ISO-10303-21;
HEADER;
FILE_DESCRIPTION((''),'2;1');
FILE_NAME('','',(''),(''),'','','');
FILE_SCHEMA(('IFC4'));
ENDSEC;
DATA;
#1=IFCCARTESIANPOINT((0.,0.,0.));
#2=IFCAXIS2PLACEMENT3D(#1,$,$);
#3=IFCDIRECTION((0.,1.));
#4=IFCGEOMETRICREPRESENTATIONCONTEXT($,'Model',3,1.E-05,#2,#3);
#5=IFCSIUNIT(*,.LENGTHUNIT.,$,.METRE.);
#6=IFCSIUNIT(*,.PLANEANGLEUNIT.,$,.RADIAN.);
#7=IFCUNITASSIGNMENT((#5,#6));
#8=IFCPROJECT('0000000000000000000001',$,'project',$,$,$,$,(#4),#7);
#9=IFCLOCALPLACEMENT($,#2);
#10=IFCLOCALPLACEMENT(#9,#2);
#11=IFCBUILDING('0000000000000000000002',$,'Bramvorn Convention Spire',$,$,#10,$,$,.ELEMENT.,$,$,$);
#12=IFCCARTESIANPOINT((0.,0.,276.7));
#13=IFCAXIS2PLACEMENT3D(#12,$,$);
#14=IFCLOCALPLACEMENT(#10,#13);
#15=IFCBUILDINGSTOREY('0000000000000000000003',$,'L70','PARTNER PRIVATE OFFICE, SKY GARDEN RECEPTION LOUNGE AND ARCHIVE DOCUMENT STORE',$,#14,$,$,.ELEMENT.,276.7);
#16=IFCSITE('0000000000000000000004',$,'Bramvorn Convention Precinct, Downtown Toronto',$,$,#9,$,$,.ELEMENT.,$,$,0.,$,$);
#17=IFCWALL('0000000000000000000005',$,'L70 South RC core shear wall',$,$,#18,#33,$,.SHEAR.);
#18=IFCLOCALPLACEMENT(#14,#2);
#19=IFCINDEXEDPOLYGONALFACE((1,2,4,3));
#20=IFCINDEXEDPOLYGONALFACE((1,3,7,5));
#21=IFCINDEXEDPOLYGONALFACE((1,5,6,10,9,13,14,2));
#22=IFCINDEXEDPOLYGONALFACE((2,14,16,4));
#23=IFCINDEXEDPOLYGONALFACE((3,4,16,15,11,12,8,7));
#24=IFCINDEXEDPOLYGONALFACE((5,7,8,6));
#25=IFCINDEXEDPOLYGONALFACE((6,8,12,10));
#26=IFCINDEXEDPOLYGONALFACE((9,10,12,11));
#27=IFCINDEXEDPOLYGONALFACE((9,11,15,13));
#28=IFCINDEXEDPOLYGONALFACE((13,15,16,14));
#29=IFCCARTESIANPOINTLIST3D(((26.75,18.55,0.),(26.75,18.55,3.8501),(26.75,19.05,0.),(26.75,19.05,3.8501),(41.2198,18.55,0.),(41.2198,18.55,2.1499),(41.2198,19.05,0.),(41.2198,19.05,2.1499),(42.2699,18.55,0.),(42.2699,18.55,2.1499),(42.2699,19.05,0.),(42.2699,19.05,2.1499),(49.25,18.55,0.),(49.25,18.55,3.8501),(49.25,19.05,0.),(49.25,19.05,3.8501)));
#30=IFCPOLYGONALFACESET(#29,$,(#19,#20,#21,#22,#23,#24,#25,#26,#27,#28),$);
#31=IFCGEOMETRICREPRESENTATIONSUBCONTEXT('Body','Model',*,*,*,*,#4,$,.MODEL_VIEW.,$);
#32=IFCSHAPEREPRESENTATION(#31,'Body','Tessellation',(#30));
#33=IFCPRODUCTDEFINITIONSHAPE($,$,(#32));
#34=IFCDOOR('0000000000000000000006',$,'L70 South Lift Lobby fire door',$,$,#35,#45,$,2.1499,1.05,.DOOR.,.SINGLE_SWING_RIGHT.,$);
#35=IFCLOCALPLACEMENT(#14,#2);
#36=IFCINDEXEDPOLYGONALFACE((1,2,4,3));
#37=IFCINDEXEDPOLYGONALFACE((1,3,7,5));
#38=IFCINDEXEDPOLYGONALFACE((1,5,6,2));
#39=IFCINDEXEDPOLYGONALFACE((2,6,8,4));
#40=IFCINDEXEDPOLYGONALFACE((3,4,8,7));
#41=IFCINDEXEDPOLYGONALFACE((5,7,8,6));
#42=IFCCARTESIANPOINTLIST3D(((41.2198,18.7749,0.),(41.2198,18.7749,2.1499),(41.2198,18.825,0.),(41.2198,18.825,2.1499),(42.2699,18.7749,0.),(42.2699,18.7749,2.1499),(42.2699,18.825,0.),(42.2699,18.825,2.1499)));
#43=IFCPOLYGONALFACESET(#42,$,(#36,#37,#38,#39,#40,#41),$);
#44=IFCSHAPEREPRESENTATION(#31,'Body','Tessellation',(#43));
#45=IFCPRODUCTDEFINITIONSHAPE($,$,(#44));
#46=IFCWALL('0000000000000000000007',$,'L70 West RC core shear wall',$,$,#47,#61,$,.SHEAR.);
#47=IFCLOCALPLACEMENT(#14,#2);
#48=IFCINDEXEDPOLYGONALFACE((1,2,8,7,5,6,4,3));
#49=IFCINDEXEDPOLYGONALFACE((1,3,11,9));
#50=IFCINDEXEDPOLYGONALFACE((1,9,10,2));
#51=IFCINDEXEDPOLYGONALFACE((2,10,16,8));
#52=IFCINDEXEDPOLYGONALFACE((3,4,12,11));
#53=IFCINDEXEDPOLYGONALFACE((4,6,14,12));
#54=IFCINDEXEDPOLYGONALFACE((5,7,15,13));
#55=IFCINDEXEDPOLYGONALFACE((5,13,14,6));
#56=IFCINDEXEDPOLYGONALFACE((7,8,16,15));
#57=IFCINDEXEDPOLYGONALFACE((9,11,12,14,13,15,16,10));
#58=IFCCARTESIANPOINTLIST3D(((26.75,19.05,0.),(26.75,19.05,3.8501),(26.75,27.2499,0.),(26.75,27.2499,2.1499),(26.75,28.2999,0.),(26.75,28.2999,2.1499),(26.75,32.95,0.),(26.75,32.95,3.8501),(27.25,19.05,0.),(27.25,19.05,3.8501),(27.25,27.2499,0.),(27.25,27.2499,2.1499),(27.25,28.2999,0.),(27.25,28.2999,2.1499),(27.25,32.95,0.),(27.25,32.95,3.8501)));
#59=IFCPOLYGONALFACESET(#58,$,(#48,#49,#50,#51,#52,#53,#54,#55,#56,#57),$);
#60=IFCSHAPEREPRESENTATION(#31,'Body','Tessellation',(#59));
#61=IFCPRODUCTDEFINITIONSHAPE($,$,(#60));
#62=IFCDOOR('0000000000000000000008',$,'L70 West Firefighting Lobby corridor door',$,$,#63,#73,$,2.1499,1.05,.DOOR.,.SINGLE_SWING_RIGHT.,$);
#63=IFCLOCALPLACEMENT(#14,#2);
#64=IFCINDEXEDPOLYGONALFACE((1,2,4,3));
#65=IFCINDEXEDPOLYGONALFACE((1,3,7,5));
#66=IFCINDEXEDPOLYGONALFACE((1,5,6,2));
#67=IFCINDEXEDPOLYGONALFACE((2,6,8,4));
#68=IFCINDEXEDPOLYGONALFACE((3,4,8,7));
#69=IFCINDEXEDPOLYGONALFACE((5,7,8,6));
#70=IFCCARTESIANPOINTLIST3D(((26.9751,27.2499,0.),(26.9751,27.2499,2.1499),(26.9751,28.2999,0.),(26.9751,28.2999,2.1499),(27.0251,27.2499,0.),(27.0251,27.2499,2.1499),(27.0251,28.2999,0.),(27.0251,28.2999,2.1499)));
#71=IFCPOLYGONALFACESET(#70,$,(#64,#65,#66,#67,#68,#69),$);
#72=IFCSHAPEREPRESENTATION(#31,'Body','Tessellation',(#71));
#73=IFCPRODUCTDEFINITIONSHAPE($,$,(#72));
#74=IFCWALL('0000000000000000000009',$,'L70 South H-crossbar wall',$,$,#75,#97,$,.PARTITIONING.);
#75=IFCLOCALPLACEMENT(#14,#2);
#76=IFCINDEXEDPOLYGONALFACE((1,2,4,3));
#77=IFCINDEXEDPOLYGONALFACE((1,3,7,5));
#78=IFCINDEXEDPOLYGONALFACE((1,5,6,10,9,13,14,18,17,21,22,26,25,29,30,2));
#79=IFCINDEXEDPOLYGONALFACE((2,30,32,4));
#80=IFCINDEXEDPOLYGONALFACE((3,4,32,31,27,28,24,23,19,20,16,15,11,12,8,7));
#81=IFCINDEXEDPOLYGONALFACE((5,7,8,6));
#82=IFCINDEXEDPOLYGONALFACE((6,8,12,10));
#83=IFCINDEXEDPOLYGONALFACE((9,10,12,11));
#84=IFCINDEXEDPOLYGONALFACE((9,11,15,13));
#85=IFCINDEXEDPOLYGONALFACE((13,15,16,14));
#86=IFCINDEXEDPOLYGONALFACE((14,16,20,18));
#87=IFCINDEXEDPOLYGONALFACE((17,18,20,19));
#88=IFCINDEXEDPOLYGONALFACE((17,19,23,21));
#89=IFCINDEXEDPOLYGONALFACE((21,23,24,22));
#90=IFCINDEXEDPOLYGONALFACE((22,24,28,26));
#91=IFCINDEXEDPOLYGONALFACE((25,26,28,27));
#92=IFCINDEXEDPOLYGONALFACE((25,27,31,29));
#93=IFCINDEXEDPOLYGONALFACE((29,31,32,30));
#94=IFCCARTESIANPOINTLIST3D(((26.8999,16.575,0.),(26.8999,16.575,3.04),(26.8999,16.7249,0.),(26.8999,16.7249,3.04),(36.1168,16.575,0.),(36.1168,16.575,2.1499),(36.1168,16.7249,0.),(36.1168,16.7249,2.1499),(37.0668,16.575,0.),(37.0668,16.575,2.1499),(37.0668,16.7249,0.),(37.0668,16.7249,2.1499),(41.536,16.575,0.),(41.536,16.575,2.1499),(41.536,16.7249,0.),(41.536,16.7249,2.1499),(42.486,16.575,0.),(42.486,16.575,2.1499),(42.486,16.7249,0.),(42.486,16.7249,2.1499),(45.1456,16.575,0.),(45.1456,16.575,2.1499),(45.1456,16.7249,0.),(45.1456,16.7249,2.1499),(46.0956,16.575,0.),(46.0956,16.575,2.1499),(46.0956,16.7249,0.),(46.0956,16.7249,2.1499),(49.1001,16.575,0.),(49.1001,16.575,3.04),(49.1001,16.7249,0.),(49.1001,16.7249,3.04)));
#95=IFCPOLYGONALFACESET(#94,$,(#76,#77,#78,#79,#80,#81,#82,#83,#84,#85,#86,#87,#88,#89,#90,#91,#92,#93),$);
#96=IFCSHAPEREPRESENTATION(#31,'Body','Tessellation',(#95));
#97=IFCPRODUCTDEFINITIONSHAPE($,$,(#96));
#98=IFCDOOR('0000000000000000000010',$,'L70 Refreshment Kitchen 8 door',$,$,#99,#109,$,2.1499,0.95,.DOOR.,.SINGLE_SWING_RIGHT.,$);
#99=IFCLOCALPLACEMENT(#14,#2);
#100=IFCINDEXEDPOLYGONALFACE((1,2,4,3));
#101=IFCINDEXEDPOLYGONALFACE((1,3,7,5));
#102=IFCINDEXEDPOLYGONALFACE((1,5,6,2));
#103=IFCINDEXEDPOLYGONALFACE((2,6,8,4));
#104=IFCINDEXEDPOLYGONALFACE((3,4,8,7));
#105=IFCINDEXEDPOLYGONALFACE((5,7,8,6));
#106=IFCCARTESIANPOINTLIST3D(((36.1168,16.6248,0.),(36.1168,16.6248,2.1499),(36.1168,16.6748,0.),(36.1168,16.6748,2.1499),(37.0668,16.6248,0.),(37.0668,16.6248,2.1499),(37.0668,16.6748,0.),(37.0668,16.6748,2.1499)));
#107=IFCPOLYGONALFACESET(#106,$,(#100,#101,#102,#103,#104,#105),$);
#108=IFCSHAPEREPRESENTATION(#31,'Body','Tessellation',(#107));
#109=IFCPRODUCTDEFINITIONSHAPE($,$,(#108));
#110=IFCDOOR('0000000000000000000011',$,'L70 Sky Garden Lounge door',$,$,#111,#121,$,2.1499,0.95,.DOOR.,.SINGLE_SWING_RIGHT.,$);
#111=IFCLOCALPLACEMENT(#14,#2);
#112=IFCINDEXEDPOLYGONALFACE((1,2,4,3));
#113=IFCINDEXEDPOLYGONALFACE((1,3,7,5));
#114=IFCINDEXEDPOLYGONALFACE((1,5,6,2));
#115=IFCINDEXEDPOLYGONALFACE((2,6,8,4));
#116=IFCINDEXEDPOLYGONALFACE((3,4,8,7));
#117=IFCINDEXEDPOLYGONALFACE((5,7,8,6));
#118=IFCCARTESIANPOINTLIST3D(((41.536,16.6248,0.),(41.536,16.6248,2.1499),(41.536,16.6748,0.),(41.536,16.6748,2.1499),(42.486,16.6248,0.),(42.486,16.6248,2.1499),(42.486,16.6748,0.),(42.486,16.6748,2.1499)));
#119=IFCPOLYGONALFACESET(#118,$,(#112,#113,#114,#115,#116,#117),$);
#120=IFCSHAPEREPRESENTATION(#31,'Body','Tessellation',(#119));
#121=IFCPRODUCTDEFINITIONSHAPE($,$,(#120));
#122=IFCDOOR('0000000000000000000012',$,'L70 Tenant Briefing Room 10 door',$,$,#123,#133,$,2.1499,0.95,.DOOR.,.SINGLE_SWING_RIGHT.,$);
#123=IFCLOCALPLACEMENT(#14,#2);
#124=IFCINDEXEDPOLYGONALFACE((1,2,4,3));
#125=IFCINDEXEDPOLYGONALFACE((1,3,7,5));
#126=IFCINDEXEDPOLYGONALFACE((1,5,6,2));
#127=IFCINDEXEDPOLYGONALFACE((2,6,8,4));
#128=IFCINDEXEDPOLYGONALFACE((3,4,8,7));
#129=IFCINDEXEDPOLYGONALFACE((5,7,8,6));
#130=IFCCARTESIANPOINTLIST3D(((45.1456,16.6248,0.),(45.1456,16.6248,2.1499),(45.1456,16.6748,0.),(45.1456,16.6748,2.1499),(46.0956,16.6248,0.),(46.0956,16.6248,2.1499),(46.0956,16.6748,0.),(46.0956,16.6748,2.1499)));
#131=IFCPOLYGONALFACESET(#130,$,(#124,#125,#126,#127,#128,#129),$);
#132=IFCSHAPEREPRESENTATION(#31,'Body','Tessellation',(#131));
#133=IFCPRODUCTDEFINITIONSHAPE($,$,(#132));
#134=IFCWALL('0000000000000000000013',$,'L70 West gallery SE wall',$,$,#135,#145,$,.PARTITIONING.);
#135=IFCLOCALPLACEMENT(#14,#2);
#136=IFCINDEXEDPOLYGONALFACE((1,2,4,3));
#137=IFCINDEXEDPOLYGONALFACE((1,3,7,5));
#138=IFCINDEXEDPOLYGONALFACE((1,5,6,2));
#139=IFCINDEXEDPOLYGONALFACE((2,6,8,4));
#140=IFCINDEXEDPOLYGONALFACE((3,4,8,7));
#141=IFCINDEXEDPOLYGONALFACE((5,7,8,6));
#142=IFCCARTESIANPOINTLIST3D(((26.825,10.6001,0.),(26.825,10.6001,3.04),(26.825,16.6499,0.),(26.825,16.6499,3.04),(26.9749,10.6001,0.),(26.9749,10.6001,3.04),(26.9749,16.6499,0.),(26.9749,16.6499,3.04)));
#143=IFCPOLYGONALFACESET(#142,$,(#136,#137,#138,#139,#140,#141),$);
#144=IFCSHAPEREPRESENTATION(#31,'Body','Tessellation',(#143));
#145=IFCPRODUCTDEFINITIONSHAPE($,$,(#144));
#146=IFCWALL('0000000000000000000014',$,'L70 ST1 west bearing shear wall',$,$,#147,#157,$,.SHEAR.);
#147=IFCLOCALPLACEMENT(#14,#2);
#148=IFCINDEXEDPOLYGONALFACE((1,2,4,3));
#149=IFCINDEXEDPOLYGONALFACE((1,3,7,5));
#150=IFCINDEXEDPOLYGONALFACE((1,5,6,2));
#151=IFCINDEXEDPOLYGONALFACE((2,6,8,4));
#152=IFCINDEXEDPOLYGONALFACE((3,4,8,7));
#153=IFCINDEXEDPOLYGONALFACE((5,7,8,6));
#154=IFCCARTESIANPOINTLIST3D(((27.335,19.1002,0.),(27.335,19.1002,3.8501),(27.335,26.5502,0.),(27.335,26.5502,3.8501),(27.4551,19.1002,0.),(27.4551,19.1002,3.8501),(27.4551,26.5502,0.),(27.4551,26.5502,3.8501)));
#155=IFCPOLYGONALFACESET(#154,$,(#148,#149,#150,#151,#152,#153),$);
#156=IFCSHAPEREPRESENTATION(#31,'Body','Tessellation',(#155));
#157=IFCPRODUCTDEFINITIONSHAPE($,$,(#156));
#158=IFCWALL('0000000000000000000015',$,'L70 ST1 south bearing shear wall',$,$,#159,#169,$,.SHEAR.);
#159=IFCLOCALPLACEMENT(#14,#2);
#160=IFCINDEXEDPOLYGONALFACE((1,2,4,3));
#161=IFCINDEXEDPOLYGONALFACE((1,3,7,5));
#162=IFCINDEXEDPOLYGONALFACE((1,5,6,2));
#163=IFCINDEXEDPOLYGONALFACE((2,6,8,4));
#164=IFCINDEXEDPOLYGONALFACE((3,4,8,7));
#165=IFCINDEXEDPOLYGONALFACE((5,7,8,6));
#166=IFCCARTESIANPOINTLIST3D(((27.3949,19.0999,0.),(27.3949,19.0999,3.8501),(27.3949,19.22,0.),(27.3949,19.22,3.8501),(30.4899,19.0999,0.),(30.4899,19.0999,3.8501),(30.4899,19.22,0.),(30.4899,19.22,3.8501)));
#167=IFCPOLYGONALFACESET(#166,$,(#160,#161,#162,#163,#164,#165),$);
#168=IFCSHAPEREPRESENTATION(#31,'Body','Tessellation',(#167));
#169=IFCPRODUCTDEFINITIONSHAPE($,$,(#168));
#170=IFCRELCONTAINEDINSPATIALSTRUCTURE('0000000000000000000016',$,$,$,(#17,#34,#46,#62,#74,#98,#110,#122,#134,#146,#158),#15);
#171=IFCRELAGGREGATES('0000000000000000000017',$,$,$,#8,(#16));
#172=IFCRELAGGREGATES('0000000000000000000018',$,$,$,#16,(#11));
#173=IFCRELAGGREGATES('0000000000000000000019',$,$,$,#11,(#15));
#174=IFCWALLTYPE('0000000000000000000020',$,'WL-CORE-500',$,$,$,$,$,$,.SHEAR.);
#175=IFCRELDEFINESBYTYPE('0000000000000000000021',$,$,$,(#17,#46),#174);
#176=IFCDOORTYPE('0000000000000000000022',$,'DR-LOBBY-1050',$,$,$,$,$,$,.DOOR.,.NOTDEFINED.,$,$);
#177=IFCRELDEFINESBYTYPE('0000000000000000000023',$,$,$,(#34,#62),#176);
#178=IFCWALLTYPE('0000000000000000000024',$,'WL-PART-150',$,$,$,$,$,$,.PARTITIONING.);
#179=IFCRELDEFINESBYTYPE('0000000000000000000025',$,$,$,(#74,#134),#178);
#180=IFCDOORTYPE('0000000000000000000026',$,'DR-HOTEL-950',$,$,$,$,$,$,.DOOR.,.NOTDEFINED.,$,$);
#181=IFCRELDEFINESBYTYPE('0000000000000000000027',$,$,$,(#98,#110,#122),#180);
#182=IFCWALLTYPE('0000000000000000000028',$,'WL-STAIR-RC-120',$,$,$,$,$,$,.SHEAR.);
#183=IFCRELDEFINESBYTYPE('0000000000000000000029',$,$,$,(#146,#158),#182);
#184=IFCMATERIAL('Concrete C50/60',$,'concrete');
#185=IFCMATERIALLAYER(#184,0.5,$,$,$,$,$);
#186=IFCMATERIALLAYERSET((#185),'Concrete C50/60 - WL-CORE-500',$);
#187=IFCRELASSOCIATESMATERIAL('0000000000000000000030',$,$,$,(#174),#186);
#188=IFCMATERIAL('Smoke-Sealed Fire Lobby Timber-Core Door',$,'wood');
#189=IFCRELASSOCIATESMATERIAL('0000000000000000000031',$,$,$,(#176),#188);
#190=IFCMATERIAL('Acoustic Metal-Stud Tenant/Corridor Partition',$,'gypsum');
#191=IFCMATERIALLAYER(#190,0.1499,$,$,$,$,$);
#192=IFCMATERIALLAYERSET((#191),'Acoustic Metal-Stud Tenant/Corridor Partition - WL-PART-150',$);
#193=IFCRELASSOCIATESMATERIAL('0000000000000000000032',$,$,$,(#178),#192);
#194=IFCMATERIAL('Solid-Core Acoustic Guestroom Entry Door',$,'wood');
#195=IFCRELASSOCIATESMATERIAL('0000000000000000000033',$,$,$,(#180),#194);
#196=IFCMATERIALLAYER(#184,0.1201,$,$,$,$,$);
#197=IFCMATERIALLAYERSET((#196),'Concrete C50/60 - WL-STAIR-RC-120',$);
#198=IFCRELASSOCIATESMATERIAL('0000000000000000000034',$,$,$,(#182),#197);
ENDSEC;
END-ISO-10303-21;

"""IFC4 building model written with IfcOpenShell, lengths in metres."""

from ifc_helpers import new_model, si_unit, direction, frame, frame_2d, origin, place, context, subcontext, project, spatial, rectangle, extrude, material, layer, layer_set, type_object, element, fill, save


model = new_model("IFC4")

# Units and contexts
model_context = context("Model", 3, precision=1e-05, world=origin(), true_north=direction((0.0, 1.0)))
body_context = subcontext(model_context, "Body", "Model", "MODEL_VIEW")
ifc_project = project(units=[si_unit("LENGTHUNIT", "METRE"), si_unit("PLANEANGLEUNIT", "RADIAN")], contexts=[model_context])

# Site, building, storey
site_placement = place(None, origin())
site = spatial("IfcSite", under=ifc_project, at=site_placement, Name="Bramvorn Convention Precinct, Downtown Toronto", CompositionType="ELEMENT", RefElevation=0.0)
building_placement = place(site_placement, origin())
building = spatial("IfcBuilding", under=site, at=building_placement, Name="Bramvorn Convention Spire", CompositionType="ELEMENT")
storey_placement = place(building_placement, frame((0.0, 0.0, 276.7)))
storey = spatial("IfcBuildingStorey", under=building, at=storey_placement, Name="L70", Description="PARTNER PRIVATE OFFICE, SKY GARDEN RECEPTION LOUNGE AND ARCHIVE DOCUMENT STORE", CompositionType="ELEMENT", Elevation=276.7)

# Walls, openings, doors
ifc_material_1 = material(Name="Concrete C50/60", Category="concrete")
ifc_layer_1 = layer(ifc_material_1, 0.5)
ifc_layer_set_1 = layer_set([ifc_layer_1], Name="Concrete C50/60 - WL-CORE-500")
wall_type_1 = type_object("IfcWallType", Name="WL-CORE-500", PredefinedType="SHEAR", material=ifc_layer_set_1)
wall_1_placement = place(storey_placement, frame((26.75, 18.8, 0.0), z_axis=(0.0, 0.0, 1.0), x_axis=(1.0, 0.0, 0.0)))
wall_1 = element("IfcWall", 1, at=wall_1_placement, inside=storey, type_object=wall_type_1, Name="L70 South RC core shear wall", PredefinedType="SHEAR", context=body_context, shape_type="SweptSolid", body=[
    extrude(rectangle(XDim=22.5, YDim=0.5, at=frame_2d((11.25, 0.0))), origin(), (0.0, 0.0, 1.0), 3.8501),
])
opening_1_placement = place(wall_1_placement, frame((14.47, 0.0, 0.0)))
opening_1 = element("IfcOpeningElement", 2, at=opening_1_placement, cuts=wall_1, PredefinedType="OPENING", context=body_context, shape_type="SweptSolid", body=[
    extrude(rectangle(XDim=1.05, YDim=2.1499, at=frame_2d((0.5249, 1.075))), frame((0.0, 0.26, 0.0), z_axis=(0.0, -1.0, 0.0), x_axis=(1.0, 0.0, 0.0)), (0.0, 0.0, 1.0), 0.52),
])
ifc_material_2 = material(Name="Smoke-Sealed Fire Lobby Timber-Core Door", Category="wood")
door_type_1 = type_object("IfcDoorType", Name="DR-LOBBY-1050", OperationType="NOTDEFINED", PredefinedType="DOOR", material=ifc_material_2)
door_1_placement = place(opening_1_placement, origin())
door_1 = element("IfcDoor", 3, at=door_1_placement, inside=storey, type_object=door_type_1, Name="L70 South Lift Lobby fire door", OperationType="SINGLE_SWING_RIGHT", OverallHeight=2.1499, OverallWidth=1.05, PredefinedType="DOOR", context=body_context, shape_type="SweptSolid", body=[
    extrude(rectangle(XDim=1.05, YDim=2.1499, at=frame_2d((0.5249, 1.075))), frame((0.0, 0.0249, 0.0), z_axis=(0.0, -1.0, 0.0), x_axis=(1.0, 0.0, 0.0)), (0.0, 0.0, 1.0), 0.05),
])
fill(opening_1, door_1)
wall_2_placement = place(storey_placement, frame((27.0, 19.05, 0.0), z_axis=(0.0, 0.0, 1.0), x_axis=(0.0, 1.0, 0.0)))
wall_2 = element("IfcWall", 4, at=wall_2_placement, inside=storey, type_object=wall_type_1, Name="L70 West RC core shear wall", PredefinedType="SHEAR", context=body_context, shape_type="SweptSolid", body=[
    extrude(rectangle(XDim=13.8999, YDim=0.5, at=frame_2d((6.95, 0.0))), origin(), (0.0, 0.0, 1.0), 3.8501),
])
opening_2_placement = place(wall_2_placement, frame((8.2, 0.0, 0.0)))
opening_2 = element("IfcOpeningElement", 5, at=opening_2_placement, cuts=wall_2, PredefinedType="OPENING", context=body_context, shape_type="SweptSolid", body=[
    extrude(rectangle(XDim=1.05, YDim=2.1499, at=frame_2d((0.5249, 1.075))), frame((0.0, 0.26, 0.0), z_axis=(0.0, -1.0, 0.0), x_axis=(1.0, 0.0, 0.0)), (0.0, 0.0, 1.0), 0.52),
])
door_2_placement = place(opening_2_placement, origin())
door_2 = element("IfcDoor", 6, at=door_2_placement, inside=storey, type_object=door_type_1, Name="L70 West Firefighting Lobby corridor door", OperationType="SINGLE_SWING_RIGHT", OverallHeight=2.1499, OverallWidth=1.05, PredefinedType="DOOR", context=body_context, shape_type="SweptSolid", body=[
    extrude(rectangle(XDim=1.05, YDim=2.1499, at=frame_2d((0.5249, 1.075))), frame((0.0, 0.0249, 0.0), z_axis=(0.0, -1.0, 0.0), x_axis=(1.0, 0.0, 0.0)), (0.0, 0.0, 1.0), 0.05),
])
fill(opening_2, door_2)

# Wall, openings, doors
ifc_material_3 = material(Name="Acoustic Metal-Stud Tenant/Corridor Partition", Category="gypsum")
ifc_layer_2 = layer(ifc_material_3, 0.1499)
ifc_layer_set_2 = layer_set([ifc_layer_2], Name="Acoustic Metal-Stud Tenant/Corridor Partition - WL-PART-150")
wall_type_2 = type_object("IfcWallType", Name="WL-PART-150", PredefinedType="PARTITIONING", material=ifc_layer_set_2)
wall_3_placement = place(storey_placement, frame((26.8999, 16.6499, 0.0), z_axis=(0.0, 0.0, 1.0), x_axis=(1.0, 0.0, 0.0)))
wall_3 = element("IfcWall", 7, at=wall_3_placement, inside=storey, type_object=wall_type_2, Name="L70 South H-crossbar wall", PredefinedType="PARTITIONING", context=body_context, shape_type="SweptSolid", body=[
    extrude(rectangle(XDim=22.2002, YDim=0.1499, at=frame_2d((11.1001, 0.0))), origin(), (0.0, 0.0, 1.0), 3.04),
])
opening_3_placement = place(wall_3_placement, frame((9.2168, 0.0, 0.0)))
opening_3 = element("IfcOpeningElement", 8, at=opening_3_placement, cuts=wall_3, PredefinedType="OPENING", context=body_context, shape_type="SweptSolid", body=[
    extrude(rectangle(XDim=0.95, YDim=2.1499, at=frame_2d((0.4751, 1.075))), frame((0.0, 0.085, 0.0), z_axis=(0.0, -1.0, 0.0), x_axis=(1.0, 0.0, 0.0)), (0.0, 0.0, 1.0), 0.1699),
])
opening_4_placement = place(wall_3_placement, frame((14.636, 0.0, 0.0)))
opening_4 = element("IfcOpeningElement", 9, at=opening_4_placement, cuts=wall_3, PredefinedType="OPENING", context=body_context, shape_type="SweptSolid", body=[
    extrude(rectangle(XDim=0.95, YDim=2.1499, at=frame_2d((0.4751, 1.075))), frame((0.0, 0.085, 0.0), z_axis=(0.0, -1.0, 0.0), x_axis=(1.0, 0.0, 0.0)), (0.0, 0.0, 1.0), 0.1699),
])
opening_5_placement = place(wall_3_placement, frame((18.2456, 0.0, 0.0)))
opening_5 = element("IfcOpeningElement", 10, at=opening_5_placement, cuts=wall_3, PredefinedType="OPENING", context=body_context, shape_type="SweptSolid", body=[
    extrude(rectangle(XDim=0.95, YDim=2.1499, at=frame_2d((0.4751, 1.075))), frame((0.0, 0.085, 0.0), z_axis=(0.0, -1.0, 0.0), x_axis=(1.0, 0.0, 0.0)), (0.0, 0.0, 1.0), 0.1699),
])
ifc_material_4 = material(Name="Solid-Core Acoustic Guestroom Entry Door", Category="wood")
door_type_2 = type_object("IfcDoorType", Name="DR-HOTEL-950", OperationType="NOTDEFINED", PredefinedType="DOOR", material=ifc_material_4)
door_3_placement = place(opening_3_placement, origin())
door_3 = element("IfcDoor", 11, at=door_3_placement, inside=storey, type_object=door_type_2, Name="L70 Refreshment Kitchen 8 door", OperationType="SINGLE_SWING_RIGHT", OverallHeight=2.1499, OverallWidth=0.95, PredefinedType="DOOR", context=body_context, shape_type="SweptSolid", body=[
    extrude(rectangle(XDim=0.95, YDim=2.1499, at=frame_2d((0.4751, 1.075))), frame((0.0, 0.0249, 0.0), z_axis=(0.0, -1.0, 0.0), x_axis=(1.0, 0.0, 0.0)), (0.0, 0.0, 1.0), 0.05),
])
fill(opening_3, door_3)
door_4_placement = place(opening_4_placement, origin())
door_4 = element("IfcDoor", 12, at=door_4_placement, inside=storey, type_object=door_type_2, Name="L70 Sky Garden Lounge door", OperationType="SINGLE_SWING_RIGHT", OverallHeight=2.1499, OverallWidth=0.95, PredefinedType="DOOR", context=body_context, shape_type="SweptSolid", body=[
    extrude(rectangle(XDim=0.95, YDim=2.1499, at=frame_2d((0.4751, 1.075))), frame((0.0, 0.0249, 0.0), z_axis=(0.0, -1.0, 0.0), x_axis=(1.0, 0.0, 0.0)), (0.0, 0.0, 1.0), 0.05),
])
fill(opening_4, door_4)
door_5_placement = place(opening_5_placement, origin())
door_5 = element("IfcDoor", 13, at=door_5_placement, inside=storey, type_object=door_type_2, Name="L70 Tenant Briefing Room 10 door", OperationType="SINGLE_SWING_RIGHT", OverallHeight=2.1499, OverallWidth=0.95, PredefinedType="DOOR", context=body_context, shape_type="SweptSolid", body=[
    extrude(rectangle(XDim=0.95, YDim=2.1499, at=frame_2d((0.4751, 1.075))), frame((0.0, 0.0249, 0.0), z_axis=(0.0, -1.0, 0.0), x_axis=(1.0, 0.0, 0.0)), (0.0, 0.0, 1.0), 0.05),
])
fill(opening_5, door_5)

# Walls
wall_4_placement = place(storey_placement, frame((26.8999, 10.6001, 0.0), z_axis=(0.0, 0.0, 1.0), x_axis=(0.0, 1.0, 0.0)))
element("IfcWall", 14, at=wall_4_placement, inside=storey, type_object=wall_type_2, Name="L70 West gallery SE wall", PredefinedType="PARTITIONING", context=body_context, shape_type="SweptSolid", body=[
    extrude(rectangle(XDim=6.0498, YDim=0.1499, at=frame_2d((3.0249, 0.0))), origin(), (0.0, 0.0, 1.0), 3.04),
])
ifc_layer_3 = layer(ifc_material_1, 0.1201)
ifc_layer_set_3 = layer_set([ifc_layer_3], Name="Concrete C50/60 - WL-STAIR-RC-120")
wall_type_3 = type_object("IfcWallType", Name="WL-STAIR-RC-120", PredefinedType="SHEAR", material=ifc_layer_set_3)
wall_5_placement = place(storey_placement, frame((27.395, 19.1001, 0.0), z_axis=(0.0, 0.0, 1.0), x_axis=(0.0, 1.0, 0.0)))
element("IfcWall", 15, at=wall_5_placement, inside=storey, type_object=wall_type_3, Name="L70 ST1 west bearing shear wall", PredefinedType="SHEAR", context=body_context, shape_type="SweptSolid", body=[
    extrude(rectangle(XDim=7.45, YDim=0.1201, at=frame_2d((3.7251, 0.0))), origin(), (0.0, 0.0, 1.0), 3.8501),
])
wall_6_placement = place(storey_placement, frame((27.395, 19.1599, 0.0), z_axis=(0.0, 0.0, 1.0), x_axis=(1.0, 0.0, 0.0)))
element("IfcWall", 16, at=wall_6_placement, inside=storey, type_object=wall_type_3, Name="L70 ST1 south bearing shear wall", PredefinedType="SHEAR", context=body_context, shape_type="SweptSolid", body=[
    extrude(rectangle(XDim=3.095, YDim=0.1201, at=frame_2d((1.5474, 0.0))), origin(), (0.0, 0.0, 1.0), 3.8501),
])

save(model, "model.ifc")
